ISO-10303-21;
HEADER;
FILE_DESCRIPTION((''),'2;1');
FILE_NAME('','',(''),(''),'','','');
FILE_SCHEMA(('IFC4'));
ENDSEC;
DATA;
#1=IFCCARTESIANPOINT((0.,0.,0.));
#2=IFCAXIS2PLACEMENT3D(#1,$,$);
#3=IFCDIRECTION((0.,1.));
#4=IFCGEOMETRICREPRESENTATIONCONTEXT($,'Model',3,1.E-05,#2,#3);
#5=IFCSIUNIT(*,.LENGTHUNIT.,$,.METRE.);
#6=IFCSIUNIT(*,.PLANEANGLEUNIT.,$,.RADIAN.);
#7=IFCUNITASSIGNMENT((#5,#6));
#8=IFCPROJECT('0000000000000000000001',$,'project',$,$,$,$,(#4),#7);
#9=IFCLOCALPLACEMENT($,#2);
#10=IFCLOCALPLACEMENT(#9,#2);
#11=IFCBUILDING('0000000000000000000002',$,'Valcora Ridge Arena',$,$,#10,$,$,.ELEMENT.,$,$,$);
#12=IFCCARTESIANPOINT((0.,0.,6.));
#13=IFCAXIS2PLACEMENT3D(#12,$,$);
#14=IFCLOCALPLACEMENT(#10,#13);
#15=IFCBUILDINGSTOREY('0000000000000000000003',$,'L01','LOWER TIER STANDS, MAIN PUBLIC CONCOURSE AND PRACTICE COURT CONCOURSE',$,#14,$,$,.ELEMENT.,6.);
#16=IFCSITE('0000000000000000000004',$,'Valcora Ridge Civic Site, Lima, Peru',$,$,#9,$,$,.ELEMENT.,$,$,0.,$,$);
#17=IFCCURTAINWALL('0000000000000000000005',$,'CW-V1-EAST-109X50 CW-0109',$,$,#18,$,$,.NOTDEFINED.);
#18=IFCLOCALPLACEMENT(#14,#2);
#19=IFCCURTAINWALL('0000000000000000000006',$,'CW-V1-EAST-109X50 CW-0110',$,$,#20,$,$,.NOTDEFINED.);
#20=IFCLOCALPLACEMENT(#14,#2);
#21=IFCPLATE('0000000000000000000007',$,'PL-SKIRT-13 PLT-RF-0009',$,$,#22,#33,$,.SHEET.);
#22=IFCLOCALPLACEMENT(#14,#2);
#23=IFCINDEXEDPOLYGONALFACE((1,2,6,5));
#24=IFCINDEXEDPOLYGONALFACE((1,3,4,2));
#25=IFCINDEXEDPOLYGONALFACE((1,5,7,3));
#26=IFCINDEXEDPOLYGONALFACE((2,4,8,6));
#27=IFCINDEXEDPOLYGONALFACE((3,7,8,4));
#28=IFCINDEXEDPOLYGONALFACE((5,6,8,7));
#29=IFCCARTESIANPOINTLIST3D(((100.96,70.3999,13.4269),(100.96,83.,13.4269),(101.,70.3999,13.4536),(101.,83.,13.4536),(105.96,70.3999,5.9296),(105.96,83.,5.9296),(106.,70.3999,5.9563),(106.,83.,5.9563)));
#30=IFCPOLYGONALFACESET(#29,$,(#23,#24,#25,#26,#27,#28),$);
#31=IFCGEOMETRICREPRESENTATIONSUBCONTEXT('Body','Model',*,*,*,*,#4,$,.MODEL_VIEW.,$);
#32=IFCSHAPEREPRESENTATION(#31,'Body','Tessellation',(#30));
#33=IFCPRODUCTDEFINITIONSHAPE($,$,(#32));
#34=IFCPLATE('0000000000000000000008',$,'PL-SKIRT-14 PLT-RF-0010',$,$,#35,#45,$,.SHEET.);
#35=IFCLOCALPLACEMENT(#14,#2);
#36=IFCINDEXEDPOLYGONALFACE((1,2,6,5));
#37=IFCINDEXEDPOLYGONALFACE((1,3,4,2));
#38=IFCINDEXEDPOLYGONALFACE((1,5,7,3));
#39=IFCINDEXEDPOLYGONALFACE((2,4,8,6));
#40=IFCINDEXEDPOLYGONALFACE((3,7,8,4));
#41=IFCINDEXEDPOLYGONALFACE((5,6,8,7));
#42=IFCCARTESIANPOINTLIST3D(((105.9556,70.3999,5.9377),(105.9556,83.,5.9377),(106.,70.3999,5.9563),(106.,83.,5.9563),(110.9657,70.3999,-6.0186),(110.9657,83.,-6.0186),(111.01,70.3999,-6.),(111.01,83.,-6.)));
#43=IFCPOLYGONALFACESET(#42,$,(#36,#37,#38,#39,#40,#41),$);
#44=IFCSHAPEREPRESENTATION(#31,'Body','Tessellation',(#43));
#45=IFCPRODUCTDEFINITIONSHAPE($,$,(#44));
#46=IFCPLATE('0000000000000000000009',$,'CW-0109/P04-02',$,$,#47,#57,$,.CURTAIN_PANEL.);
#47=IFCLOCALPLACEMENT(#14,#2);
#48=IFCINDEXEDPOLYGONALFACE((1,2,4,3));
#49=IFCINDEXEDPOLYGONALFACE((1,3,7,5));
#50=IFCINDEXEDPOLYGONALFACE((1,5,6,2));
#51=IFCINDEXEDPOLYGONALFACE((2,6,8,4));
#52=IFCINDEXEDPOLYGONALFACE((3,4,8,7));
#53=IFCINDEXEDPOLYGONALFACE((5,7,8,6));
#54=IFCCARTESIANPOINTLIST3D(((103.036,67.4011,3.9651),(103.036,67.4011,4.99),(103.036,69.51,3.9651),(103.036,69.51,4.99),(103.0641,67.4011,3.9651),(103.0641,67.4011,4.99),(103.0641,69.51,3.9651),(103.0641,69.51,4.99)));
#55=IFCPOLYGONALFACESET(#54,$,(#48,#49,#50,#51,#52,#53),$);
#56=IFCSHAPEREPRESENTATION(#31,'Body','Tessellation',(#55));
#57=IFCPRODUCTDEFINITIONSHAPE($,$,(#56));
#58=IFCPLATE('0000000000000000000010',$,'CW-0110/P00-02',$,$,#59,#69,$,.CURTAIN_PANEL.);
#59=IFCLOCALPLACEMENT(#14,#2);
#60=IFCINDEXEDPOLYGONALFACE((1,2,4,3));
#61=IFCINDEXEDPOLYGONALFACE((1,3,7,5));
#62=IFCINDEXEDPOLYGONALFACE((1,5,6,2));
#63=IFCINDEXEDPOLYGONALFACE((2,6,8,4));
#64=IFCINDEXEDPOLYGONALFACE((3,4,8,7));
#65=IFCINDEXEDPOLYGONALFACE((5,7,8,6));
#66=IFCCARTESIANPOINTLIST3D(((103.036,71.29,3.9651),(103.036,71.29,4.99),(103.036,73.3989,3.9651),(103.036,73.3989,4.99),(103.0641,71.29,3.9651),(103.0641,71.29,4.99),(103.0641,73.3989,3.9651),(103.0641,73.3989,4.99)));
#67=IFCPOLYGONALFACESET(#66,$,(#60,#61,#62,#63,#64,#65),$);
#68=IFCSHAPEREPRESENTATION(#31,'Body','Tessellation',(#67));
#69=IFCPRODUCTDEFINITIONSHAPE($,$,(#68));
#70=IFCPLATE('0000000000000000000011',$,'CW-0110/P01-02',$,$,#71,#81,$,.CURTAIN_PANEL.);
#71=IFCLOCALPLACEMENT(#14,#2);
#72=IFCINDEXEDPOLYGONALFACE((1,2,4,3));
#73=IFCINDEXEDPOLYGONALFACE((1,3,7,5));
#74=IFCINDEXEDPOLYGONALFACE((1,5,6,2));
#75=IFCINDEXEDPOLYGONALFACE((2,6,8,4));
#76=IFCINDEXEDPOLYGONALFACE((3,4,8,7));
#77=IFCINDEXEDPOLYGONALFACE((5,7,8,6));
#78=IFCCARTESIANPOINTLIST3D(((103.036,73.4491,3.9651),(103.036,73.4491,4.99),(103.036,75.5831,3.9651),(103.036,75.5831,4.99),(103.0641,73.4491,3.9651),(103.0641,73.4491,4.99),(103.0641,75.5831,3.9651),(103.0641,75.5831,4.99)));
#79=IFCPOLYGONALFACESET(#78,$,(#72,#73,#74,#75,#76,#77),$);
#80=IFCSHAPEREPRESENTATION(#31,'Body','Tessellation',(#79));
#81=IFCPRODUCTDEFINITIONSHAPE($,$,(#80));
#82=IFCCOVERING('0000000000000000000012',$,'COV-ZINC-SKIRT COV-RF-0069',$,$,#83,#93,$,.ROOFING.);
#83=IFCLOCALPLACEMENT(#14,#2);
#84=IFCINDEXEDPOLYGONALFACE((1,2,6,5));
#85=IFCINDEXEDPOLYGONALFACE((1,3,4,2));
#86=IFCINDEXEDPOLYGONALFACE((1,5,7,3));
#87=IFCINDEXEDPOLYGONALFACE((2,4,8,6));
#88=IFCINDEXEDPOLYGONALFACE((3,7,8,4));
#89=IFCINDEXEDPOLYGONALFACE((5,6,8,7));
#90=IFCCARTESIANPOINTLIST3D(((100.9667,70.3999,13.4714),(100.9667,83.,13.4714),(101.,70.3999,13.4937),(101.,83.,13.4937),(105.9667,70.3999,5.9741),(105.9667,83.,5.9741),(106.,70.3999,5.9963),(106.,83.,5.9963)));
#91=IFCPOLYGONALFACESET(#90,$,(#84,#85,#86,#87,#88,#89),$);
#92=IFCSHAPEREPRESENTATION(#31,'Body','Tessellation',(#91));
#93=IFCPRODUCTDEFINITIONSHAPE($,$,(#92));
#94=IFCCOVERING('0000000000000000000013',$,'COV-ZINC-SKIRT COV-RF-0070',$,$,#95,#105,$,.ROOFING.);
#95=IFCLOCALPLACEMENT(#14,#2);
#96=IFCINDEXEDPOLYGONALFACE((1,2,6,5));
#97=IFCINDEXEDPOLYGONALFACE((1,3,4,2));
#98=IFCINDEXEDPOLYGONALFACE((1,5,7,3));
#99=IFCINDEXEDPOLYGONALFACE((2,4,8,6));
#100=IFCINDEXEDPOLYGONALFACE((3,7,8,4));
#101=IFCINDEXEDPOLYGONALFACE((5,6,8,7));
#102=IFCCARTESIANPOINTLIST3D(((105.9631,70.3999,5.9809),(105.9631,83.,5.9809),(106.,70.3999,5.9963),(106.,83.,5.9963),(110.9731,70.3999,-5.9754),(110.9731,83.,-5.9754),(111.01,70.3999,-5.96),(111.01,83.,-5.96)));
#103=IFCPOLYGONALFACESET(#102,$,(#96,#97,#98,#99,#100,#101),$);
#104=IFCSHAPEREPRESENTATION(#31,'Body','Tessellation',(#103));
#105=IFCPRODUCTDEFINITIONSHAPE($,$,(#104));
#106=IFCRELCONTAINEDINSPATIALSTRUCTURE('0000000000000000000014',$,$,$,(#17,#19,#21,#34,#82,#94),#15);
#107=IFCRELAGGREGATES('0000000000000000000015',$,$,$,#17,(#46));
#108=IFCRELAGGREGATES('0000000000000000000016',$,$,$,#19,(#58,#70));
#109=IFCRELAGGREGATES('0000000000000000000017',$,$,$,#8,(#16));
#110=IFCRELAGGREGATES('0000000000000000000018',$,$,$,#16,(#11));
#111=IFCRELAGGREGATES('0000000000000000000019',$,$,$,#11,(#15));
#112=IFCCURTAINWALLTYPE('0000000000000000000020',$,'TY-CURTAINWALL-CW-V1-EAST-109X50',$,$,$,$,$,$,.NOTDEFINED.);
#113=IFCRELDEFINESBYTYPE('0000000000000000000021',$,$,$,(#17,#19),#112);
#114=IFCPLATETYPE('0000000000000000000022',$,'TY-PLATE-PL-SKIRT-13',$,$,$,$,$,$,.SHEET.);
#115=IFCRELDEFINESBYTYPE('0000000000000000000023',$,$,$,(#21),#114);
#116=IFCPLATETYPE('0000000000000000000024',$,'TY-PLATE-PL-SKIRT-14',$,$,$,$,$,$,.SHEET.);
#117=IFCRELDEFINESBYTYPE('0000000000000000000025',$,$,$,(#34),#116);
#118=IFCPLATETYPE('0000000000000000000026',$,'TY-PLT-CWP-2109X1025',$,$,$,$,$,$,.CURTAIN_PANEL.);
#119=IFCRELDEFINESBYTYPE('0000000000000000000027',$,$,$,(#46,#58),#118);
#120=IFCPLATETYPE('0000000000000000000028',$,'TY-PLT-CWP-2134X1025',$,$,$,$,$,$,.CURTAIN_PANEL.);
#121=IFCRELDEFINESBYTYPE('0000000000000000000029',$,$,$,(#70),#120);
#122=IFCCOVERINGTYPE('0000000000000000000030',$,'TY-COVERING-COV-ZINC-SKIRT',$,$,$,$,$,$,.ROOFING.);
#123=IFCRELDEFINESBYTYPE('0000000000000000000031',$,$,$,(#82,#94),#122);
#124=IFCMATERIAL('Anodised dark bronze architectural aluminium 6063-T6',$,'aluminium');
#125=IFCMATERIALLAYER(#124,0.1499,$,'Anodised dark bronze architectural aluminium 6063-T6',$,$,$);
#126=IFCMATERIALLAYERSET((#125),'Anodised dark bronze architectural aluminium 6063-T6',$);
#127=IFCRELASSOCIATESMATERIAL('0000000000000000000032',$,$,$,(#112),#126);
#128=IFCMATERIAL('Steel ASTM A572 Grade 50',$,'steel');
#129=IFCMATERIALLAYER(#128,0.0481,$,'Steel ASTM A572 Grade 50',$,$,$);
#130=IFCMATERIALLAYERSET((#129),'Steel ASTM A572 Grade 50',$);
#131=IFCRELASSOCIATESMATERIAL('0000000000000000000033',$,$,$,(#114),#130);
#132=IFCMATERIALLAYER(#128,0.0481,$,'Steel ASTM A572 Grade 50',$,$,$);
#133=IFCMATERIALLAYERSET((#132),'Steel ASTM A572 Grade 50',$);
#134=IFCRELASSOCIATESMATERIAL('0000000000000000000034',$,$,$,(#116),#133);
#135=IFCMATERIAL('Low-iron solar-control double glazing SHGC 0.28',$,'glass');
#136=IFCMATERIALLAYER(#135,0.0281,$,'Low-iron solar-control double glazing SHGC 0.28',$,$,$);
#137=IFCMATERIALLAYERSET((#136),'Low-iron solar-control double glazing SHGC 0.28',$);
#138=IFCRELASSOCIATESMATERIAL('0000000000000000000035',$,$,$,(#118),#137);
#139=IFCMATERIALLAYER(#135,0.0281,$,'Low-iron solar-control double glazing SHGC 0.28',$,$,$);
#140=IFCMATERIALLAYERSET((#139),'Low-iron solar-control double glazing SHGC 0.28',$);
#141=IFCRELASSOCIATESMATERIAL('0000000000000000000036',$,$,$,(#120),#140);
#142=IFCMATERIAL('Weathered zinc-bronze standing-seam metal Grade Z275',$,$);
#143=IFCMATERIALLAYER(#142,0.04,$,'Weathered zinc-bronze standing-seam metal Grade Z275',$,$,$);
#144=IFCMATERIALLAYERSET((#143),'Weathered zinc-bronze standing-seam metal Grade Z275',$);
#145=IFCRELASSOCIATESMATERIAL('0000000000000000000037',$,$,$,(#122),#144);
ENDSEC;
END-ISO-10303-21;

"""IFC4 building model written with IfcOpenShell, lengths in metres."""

from ifc_helpers import new_model, si_unit, direction, frame, origin, origin_2d, place, context, subcontext, project, spatial, polyline, rectangle, outline, extrude, material, layer, layer_set, type_object, element, aggregate, save


model = new_model("IFC4")

# Units and contexts
model_context = context("Model", 3, precision=1e-05, world=origin(), true_north=direction((0.0, 1.0)))
body_context = subcontext(model_context, "Body", "Model", "MODEL_VIEW")
ifc_project = project(units=[si_unit("LENGTHUNIT", "METRE"), si_unit("PLANEANGLEUNIT", "RADIAN")], contexts=[model_context])

# Site, building, storey
site_placement = place(None, origin())
site = spatial("IfcSite", under=ifc_project, at=site_placement, Name="Valcora Ridge Civic Site, Lima, Peru", CompositionType="ELEMENT", RefElevation=0.0)
building_placement = place(site_placement, origin())
building = spatial("IfcBuilding", under=site, at=building_placement, Name="Valcora Ridge Arena", CompositionType="ELEMENT")
storey_placement = place(building_placement, frame((0.0, 0.0, 6.0)))
storey = spatial("IfcBuildingStorey", under=building, at=storey_placement, Name="L01", Description="LOWER TIER STANDS, MAIN PUBLIC CONCOURSE AND PRACTICE COURT CONCOURSE", CompositionType="ELEMENT", Elevation=6.0)

# Curtain wall
ifc_material_1 = material(Name="Anodised dark bronze architectural aluminium 6063-T6", Category="aluminium")
ifc_layer_1 = layer(ifc_material_1, 0.1499, Name="Anodised dark bronze architectural aluminium 6063-T6")
ifc_layer_set_1 = layer_set([ifc_layer_1], Name="Anodised dark bronze architectural aluminium 6063-T6")
curtain_wall_type = type_object("IfcCurtainWallType", Name="TY-CURTAINWALL-CW-V1-EAST-109X50", PredefinedType="NOTDEFINED", material=ifc_layer_set_1)
curtain_wall_1_placement = place(storey_placement, origin())
curtain_wall_1 = element("IfcCurtainWall", 1, at=curtain_wall_1_placement, inside=storey, type_object=curtain_wall_type, Name="CW-V1-EAST-109X50 CW-0109", PredefinedType="NOTDEFINED")

# Curtain wall
curtain_wall_2_placement = place(storey_placement, origin())
curtain_wall_2 = element("IfcCurtainWall", 2, at=curtain_wall_2_placement, inside=storey, type_object=curtain_wall_type, Name="CW-V1-EAST-109X50 CW-0110", PredefinedType="NOTDEFINED")

# Plates
ifc_material_2 = material(Name="Steel ASTM A572 Grade 50", Category="steel")
ifc_layer_2 = layer(ifc_material_2, 0.0481, Name="Steel ASTM A572 Grade 50")
ifc_layer_set_2 = layer_set([ifc_layer_2], Name="Steel ASTM A572 Grade 50")
plate_type_1 = type_object("IfcPlateType", Name="TY-PLATE-PL-SKIRT-13", PredefinedType="SHEET", material=ifc_layer_set_2)
plate_1_placement = place(storey_placement, frame((101.0, 70.3999, 13.4536), z_axis=(0.831959, 0.0, 0.554838), x_axis=(0.554838, 0.0, -0.831959)))
element("IfcPlate", 3, at=plate_1_placement, inside=storey, type_object=plate_type_1, Name="PL-SKIRT-13 PLT-RF-0009", PredefinedType="SHEET", context=body_context, shape_type="SweptSolid", body=[
    extrude(outline(polyline([(0.0, 0.0), (9.0116, 0.0), (9.0116, 12.6001), (0.0, 12.6001), (0.0, 0.0)])), origin(), (0.0, 0.0, -1.0), 0.0481),
])
ifc_layer_3 = layer(ifc_material_2, 0.0481, Name="Steel ASTM A572 Grade 50")
ifc_layer_set_3 = layer_set([ifc_layer_3], Name="Steel ASTM A572 Grade 50")
plate_type_2 = type_object("IfcPlateType", Name="TY-PLATE-PL-SKIRT-14", PredefinedType="SHEET", material=ifc_layer_set_3)
plate_2_placement = place(storey_placement, frame((106.0, 70.3999, 5.9563), z_axis=(0.922302, 0.0, 0.386469), x_axis=(0.386469, 0.0, -0.922302)))
element("IfcPlate", 4, at=plate_2_placement, inside=storey, type_object=plate_type_2, Name="PL-SKIRT-14 PLT-RF-0010", PredefinedType="SHEET", context=body_context, shape_type="SweptSolid", body=[
    extrude(outline(polyline([(0.0, 0.0), (12.9635, 0.0), (12.9635, 12.6001), (0.0, 12.6001), (0.0, 0.0)])), origin(), (0.0, 0.0, -1.0), 0.0481),
])

# Plates
ifc_material_3 = material(Name="Low-iron solar-control double glazing SHGC 0.28", Category="glass")
ifc_layer_4 = layer(ifc_material_3, 0.0281, Name="Low-iron solar-control double glazing SHGC 0.28")
ifc_layer_set_4 = layer_set([ifc_layer_4], Name="Low-iron solar-control double glazing SHGC 0.28")
plate_type_3 = type_object("IfcPlateType", Name="TY-PLT-CWP-2109X1025", PredefinedType="CURTAIN_PANEL", material=ifc_layer_set_4)
plate_3_placement = place(storey_placement, frame((103.05, 68.4556, 3.9651), z_axis=(0.0, 0.0, 1.0), x_axis=(0.0, 1.0, 0.0)))
plate_3 = element("IfcPlate", 5, at=plate_3_placement, type_object=plate_type_3, Name="CW-0109/P04-02", PredefinedType="CURTAIN_PANEL", context=body_context, shape_type="SweptSolid", body=[
    extrude(rectangle(XDim=2.1089, YDim=0.0281, at=origin_2d()), origin(), (0.0, 0.0, 1.0), 1.0249),
])
aggregate(curtain_wall_1, [plate_3])
plate_4_placement = place(storey_placement, frame((103.05, 72.3445, 3.9651), z_axis=(0.0, 0.0, 1.0), x_axis=(0.0, 1.0, 0.0)))
plate_4 = element("IfcPlate", 6, at=plate_4_placement, type_object=plate_type_3, Name="CW-0110/P00-02", PredefinedType="CURTAIN_PANEL", context=body_context, shape_type="SweptSolid", body=[
    extrude(rectangle(XDim=2.1089, YDim=0.0281, at=origin_2d()), origin(), (0.0, 0.0, 1.0), 1.0249),
])
ifc_layer_5 = layer(ifc_material_3, 0.0281, Name="Low-iron solar-control double glazing SHGC 0.28")
ifc_layer_set_5 = layer_set([ifc_layer_5], Name="Low-iron solar-control double glazing SHGC 0.28")
plate_type_4 = type_object("IfcPlateType", Name="TY-PLT-CWP-2134X1025", PredefinedType="CURTAIN_PANEL", material=ifc_layer_set_5)
plate_5_placement = place(storey_placement, frame((103.05, 74.5161, 3.9651), z_axis=(0.0, 0.0, 1.0), x_axis=(0.0, 1.0, 0.0)))
plate_5 = element("IfcPlate", 7, at=plate_5_placement, type_object=plate_type_4, Name="CW-0110/P01-02", PredefinedType="CURTAIN_PANEL", context=body_context, shape_type="SweptSolid", body=[
    extrude(rectangle(XDim=2.134, YDim=0.0281, at=origin_2d()), origin(), (0.0, 0.0, 1.0), 1.0249),
])
aggregate(curtain_wall_2, [plate_4, plate_5])

# Coverings
ifc_material_4 = material(Name="Weathered zinc-bronze standing-seam metal Grade Z275")
ifc_layer_6 = layer(ifc_material_4, 0.04, Name="Weathered zinc-bronze standing-seam metal Grade Z275")
ifc_layer_set_6 = layer_set([ifc_layer_6], Name="Weathered zinc-bronze standing-seam metal Grade Z275")
covering_type = type_object("IfcCoveringType", Name="TY-COVERING-COV-ZINC-SKIRT", PredefinedType="ROOFING", material=ifc_layer_set_6)
covering_1_placement = place(storey_placement, frame((101.0, 70.3999, 13.4937), z_axis=(0.831959, 0.0, 0.554838), x_axis=(0.554838, 0.0, -0.831959)))
element("IfcCovering", 8, at=covering_1_placement, inside=storey, type_object=covering_type, Name="COV-ZINC-SKIRT COV-RF-0069", PredefinedType="ROOFING", context=body_context, shape_type="SweptSolid", body=[
    extrude(outline(polyline([(0.0, 0.0), (9.0116, 0.0), (9.0116, 12.6001), (0.0, 12.6001), (0.0, 0.0)])), origin(), (0.0, 0.0, -1.0), 0.04),
])
covering_2_placement = place(storey_placement, frame((106.0, 70.3999, 5.9963), z_axis=(0.922302, 0.0, 0.386469), x_axis=(0.386469, 0.0, -0.922302)))
element("IfcCovering", 9, at=covering_2_placement, inside=storey, type_object=covering_type, Name="COV-ZINC-SKIRT COV-RF-0070", PredefinedType="ROOFING", context=body_context, shape_type="SweptSolid", body=[
    extrude(outline(polyline([(0.0, 0.0), (12.9635, 0.0), (12.9635, 12.6001), (0.0, 12.6001), (0.0, 0.0)])), origin(), (0.0, 0.0, -1.0), 0.04),
])

save(model, "model.ifc")
